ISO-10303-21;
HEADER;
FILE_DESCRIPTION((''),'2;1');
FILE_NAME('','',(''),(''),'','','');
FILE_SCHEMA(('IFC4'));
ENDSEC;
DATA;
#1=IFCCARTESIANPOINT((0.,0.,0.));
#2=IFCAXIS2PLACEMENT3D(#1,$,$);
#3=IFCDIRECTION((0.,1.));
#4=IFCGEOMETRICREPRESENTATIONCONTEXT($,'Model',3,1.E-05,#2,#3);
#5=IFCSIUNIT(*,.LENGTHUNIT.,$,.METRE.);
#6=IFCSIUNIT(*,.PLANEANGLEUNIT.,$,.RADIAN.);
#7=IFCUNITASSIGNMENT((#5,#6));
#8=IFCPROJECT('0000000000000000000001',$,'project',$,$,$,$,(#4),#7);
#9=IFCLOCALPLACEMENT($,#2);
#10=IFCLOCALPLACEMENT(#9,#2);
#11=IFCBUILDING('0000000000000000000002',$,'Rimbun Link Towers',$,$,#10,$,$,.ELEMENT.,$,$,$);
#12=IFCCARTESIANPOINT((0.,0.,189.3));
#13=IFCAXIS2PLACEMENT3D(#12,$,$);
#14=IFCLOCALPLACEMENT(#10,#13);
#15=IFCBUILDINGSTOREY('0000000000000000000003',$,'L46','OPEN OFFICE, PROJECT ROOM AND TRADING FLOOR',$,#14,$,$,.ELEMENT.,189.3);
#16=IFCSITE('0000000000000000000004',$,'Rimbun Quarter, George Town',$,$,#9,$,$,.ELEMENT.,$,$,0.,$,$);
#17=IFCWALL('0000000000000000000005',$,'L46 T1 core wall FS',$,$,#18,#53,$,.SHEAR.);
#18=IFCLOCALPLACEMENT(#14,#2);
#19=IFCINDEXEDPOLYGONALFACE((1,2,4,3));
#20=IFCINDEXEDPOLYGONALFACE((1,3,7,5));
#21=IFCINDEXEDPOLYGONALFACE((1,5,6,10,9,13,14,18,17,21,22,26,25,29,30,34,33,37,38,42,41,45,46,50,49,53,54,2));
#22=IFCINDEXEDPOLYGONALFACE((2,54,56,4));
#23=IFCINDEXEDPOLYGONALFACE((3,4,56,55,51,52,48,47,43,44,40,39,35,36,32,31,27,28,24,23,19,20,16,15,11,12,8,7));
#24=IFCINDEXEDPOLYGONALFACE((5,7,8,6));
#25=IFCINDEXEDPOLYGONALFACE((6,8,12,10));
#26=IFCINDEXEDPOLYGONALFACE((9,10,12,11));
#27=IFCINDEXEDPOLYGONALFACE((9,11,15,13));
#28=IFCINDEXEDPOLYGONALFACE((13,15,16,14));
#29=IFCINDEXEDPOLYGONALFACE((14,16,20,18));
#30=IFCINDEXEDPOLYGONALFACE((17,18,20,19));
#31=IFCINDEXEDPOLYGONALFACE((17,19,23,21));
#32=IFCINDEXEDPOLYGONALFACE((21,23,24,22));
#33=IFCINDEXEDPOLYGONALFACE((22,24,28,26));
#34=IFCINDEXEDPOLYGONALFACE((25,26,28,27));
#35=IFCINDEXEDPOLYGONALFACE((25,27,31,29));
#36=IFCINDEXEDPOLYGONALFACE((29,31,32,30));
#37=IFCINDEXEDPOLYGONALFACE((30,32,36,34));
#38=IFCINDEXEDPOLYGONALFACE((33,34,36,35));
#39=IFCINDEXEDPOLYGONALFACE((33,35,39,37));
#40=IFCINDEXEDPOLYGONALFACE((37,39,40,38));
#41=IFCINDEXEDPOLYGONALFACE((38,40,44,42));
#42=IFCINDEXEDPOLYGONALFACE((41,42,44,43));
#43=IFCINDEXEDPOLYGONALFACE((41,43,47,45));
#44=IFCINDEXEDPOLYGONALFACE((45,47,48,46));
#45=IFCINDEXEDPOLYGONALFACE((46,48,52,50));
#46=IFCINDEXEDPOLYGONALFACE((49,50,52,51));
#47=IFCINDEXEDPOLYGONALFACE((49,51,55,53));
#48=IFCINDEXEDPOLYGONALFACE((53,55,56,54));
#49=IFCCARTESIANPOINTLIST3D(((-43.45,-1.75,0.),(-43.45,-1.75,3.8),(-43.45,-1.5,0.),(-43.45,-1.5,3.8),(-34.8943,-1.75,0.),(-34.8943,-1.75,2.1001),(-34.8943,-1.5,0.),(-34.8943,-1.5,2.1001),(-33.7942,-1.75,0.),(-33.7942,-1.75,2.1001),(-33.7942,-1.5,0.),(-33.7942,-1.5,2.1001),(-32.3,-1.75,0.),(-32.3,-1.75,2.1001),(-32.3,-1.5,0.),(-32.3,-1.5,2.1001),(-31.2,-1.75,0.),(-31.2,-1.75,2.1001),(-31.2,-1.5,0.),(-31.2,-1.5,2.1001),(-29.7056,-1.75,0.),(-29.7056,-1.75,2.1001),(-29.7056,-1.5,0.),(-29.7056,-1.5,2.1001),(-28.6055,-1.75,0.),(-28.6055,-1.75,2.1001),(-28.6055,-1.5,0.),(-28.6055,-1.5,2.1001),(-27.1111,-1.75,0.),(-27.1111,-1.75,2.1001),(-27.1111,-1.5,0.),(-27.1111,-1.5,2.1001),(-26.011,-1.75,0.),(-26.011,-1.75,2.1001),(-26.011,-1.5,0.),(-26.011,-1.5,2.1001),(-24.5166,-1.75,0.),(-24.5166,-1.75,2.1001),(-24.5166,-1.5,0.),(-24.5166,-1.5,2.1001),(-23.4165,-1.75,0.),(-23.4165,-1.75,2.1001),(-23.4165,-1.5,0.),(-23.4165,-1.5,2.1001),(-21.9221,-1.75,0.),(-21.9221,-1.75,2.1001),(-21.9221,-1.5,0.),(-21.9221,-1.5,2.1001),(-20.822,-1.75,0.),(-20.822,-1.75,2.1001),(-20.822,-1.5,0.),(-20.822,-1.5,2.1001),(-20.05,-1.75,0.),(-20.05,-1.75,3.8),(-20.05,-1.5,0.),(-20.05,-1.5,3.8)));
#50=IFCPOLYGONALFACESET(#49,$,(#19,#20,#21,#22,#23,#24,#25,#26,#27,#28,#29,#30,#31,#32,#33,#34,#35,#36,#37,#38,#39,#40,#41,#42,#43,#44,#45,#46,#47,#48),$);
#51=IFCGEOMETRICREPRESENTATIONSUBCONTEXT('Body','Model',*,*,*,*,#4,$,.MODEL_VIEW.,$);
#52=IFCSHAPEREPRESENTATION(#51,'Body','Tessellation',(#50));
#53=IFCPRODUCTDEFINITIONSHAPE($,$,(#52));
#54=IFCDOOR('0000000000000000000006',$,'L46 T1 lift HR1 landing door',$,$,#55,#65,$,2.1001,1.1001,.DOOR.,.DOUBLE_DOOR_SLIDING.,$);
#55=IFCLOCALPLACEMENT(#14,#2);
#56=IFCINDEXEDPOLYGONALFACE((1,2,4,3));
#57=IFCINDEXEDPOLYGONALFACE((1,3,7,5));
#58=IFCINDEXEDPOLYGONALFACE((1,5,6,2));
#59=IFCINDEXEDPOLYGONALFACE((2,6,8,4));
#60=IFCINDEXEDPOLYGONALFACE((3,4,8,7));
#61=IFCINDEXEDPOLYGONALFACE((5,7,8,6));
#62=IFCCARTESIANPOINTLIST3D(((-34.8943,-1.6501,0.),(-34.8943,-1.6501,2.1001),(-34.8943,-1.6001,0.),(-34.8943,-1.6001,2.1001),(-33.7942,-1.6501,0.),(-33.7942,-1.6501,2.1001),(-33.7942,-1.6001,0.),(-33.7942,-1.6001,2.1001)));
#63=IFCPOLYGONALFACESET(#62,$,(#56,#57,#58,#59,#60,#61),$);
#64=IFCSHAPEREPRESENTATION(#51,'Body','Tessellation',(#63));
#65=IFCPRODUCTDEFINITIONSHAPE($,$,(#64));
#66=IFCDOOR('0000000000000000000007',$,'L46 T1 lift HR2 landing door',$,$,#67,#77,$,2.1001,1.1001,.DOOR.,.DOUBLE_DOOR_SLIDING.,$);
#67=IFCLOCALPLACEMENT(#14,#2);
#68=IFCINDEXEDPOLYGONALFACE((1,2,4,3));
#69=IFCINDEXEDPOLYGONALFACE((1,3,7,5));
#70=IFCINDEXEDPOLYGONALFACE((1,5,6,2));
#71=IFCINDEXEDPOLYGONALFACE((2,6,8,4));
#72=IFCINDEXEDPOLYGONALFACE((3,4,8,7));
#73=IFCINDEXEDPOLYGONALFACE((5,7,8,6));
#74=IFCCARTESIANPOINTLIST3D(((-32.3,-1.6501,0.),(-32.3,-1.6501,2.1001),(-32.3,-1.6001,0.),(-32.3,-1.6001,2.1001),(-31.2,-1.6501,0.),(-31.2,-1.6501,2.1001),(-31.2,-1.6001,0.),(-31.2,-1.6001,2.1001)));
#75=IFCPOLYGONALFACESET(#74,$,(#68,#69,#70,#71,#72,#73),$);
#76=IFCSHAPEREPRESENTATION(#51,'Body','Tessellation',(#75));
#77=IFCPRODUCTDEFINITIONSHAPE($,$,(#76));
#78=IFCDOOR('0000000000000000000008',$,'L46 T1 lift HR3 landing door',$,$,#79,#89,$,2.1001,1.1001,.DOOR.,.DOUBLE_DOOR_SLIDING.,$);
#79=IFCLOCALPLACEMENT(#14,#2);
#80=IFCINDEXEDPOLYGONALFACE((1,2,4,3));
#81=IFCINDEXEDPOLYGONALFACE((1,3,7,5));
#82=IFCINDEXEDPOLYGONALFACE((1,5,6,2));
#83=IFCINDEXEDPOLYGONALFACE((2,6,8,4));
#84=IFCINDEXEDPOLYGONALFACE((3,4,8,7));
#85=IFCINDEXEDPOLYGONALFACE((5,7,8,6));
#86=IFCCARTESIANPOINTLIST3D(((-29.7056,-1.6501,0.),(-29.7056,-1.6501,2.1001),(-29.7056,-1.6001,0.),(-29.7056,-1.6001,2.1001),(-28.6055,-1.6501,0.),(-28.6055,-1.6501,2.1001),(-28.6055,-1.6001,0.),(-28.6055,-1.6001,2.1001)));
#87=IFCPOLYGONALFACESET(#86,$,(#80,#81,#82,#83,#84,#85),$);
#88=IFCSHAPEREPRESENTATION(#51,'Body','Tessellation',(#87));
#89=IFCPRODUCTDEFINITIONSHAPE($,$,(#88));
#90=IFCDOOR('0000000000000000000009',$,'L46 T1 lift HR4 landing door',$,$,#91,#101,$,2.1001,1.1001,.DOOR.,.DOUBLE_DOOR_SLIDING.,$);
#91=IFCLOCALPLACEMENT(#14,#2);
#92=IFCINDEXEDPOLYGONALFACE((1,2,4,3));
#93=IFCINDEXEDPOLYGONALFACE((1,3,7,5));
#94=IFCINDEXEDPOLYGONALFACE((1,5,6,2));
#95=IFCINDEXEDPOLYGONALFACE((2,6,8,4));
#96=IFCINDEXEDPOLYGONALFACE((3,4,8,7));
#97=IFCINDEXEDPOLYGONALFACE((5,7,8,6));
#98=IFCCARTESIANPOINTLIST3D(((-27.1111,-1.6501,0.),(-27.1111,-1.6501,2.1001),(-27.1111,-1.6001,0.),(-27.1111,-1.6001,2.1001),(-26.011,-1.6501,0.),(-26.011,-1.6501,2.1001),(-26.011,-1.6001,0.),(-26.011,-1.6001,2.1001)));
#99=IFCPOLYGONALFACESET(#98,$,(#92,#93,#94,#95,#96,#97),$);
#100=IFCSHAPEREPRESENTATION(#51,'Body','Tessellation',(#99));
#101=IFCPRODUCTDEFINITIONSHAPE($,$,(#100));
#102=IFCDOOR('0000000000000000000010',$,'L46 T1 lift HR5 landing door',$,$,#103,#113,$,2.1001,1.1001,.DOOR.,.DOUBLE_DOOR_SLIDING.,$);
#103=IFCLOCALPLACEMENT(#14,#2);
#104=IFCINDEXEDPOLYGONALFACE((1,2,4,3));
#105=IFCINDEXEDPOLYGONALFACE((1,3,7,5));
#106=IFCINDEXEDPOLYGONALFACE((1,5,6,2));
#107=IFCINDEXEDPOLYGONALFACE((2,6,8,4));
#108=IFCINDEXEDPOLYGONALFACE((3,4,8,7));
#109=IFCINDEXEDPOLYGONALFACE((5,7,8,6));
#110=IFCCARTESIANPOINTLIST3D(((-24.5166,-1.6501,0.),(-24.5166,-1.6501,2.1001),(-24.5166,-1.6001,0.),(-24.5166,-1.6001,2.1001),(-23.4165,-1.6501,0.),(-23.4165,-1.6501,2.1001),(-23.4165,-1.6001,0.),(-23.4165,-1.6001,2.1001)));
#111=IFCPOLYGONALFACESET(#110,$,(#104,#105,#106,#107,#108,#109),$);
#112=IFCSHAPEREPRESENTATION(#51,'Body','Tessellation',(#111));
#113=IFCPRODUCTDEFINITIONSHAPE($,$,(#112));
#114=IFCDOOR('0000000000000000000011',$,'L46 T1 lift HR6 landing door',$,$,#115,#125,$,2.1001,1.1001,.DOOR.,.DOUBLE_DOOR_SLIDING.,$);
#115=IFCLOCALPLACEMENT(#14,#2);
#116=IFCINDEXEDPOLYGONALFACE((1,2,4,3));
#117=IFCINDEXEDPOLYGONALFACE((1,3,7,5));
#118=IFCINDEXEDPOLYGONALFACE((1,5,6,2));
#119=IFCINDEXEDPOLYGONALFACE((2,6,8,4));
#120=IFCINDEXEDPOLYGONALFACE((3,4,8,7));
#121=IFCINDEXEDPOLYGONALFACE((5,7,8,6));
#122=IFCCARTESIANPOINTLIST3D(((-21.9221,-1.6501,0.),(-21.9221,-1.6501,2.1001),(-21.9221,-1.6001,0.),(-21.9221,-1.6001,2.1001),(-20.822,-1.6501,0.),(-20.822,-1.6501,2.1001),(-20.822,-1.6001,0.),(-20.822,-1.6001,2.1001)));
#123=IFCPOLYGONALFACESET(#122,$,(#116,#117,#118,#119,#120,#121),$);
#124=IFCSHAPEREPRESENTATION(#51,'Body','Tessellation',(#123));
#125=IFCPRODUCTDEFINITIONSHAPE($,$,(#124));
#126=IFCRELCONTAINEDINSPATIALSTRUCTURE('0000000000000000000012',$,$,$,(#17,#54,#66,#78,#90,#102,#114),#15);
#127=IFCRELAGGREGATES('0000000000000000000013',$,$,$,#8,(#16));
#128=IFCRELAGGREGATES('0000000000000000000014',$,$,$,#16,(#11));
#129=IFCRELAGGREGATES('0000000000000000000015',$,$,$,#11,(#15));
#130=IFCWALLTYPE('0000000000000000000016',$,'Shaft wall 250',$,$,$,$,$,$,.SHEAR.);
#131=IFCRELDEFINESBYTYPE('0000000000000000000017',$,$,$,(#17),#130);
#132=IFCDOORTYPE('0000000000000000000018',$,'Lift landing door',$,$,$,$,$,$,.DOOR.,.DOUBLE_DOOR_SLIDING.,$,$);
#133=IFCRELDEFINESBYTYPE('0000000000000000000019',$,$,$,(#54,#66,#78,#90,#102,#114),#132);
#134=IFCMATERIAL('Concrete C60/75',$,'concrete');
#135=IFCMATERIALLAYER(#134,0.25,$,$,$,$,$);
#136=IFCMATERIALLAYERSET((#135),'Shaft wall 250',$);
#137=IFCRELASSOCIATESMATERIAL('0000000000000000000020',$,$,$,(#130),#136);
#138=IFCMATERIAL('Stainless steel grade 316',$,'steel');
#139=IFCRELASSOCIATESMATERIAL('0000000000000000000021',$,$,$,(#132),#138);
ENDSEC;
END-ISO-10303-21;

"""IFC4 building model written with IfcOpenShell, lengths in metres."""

from ifc_helpers import new_model, si_unit, direction, frame, frame_2d, origin, place, context, subcontext, project, spatial, rectangle, extrude, material, layer, layer_set, type_object, element, fill, save


model = new_model("IFC4")

# Units and contexts
model_context = context("Model", 3, precision=1e-05, world=origin(), true_north=direction((0.0, 1.0)))
body_context = subcontext(model_context, "Body", "Model", "MODEL_VIEW")
ifc_project = project(units=[si_unit("LENGTHUNIT", "METRE"), si_unit("PLANEANGLEUNIT", "RADIAN")], contexts=[model_context])

# Site, building, storey
site_placement = place(None, origin())
site = spatial("IfcSite", under=ifc_project, at=site_placement, Name="Rimbun Quarter, George Town", CompositionType="ELEMENT", RefElevation=0.0)
building_placement = place(site_placement, origin())
building = spatial("IfcBuilding", under=site, at=building_placement, Name="Rimbun Link Towers", CompositionType="ELEMENT")
storey_placement = place(building_placement, frame((0.0, 0.0, 189.3)))
storey = spatial("IfcBuildingStorey", under=building, at=storey_placement, Name="L46", Description="OPEN OFFICE, PROJECT ROOM AND TRADING FLOOR", CompositionType="ELEMENT", Elevation=189.3)

# Shared definitions
ifc_material_1 = material(Name="Concrete C60/75", Category="concrete")
ifc_layer_1 = layer(ifc_material_1, 0.25)
ifc_layer_set_1 = layer_set([ifc_layer_1], Name="Shaft wall 250")
wall_type_1 = type_object("IfcWallType", Name="Shaft wall 250", PredefinedType="SHEAR", material=ifc_layer_set_1)

# Wall, openings, doors
wall_1_placement = place(storey_placement, frame((-43.45, -1.625, 0.0), z_axis=(0.0, 0.0, 1.0), x_axis=(1.0, 0.0, 0.0)))
wall_1 = element("IfcWall", 1, at=wall_1_placement, inside=storey, type_object=wall_type_1, Name="L46 T1 core wall FS", PredefinedType="SHEAR", context=body_context, shape_type="SweptSolid", body=[
    extrude(rectangle(XDim=23.3999, YDim=0.25, at=frame_2d((11.7, 0.0))), origin(), (0.0, 0.0, 1.0), 3.8),
])
opening_1_placement = place(wall_1_placement, frame((8.5557, 0.0, 0.0)))
opening_1 = element("IfcOpeningElement", 2, at=opening_1_placement, cuts=wall_1, PredefinedType="OPENING", context=body_context, shape_type="SweptSolid", body=[
    extrude(rectangle(XDim=1.1001, YDim=2.1001, at=frame_2d((0.55, 1.05))), frame((0.0, 0.135, 0.0), z_axis=(0.0, -1.0, 0.0), x_axis=(1.0, 0.0, 0.0)), (0.0, 0.0, 1.0), 0.27),
])
opening_2_placement = place(wall_1_placement, frame((11.1499, 0.0, 0.0)))
opening_2 = element("IfcOpeningElement", 3, at=opening_2_placement, cuts=wall_1, PredefinedType="OPENING", context=body_context, shape_type="SweptSolid", body=[
    extrude(rectangle(XDim=1.1001, YDim=2.1001, at=frame_2d((0.55, 1.05))), frame((0.0, 0.135, 0.0), z_axis=(0.0, -1.0, 0.0), x_axis=(1.0, 0.0, 0.0)), (0.0, 0.0, 1.0), 0.27),
])
opening_3_placement = place(wall_1_placement, frame((13.7444, 0.0, 0.0)))
opening_3 = element("IfcOpeningElement", 4, at=opening_3_placement, cuts=wall_1, PredefinedType="OPENING", context=body_context, shape_type="SweptSolid", body=[
    extrude(rectangle(XDim=1.1001, YDim=2.1001, at=frame_2d((0.55, 1.05))), frame((0.0, 0.135, 0.0), z_axis=(0.0, -1.0, 0.0), x_axis=(1.0, 0.0, 0.0)), (0.0, 0.0, 1.0), 0.27),
])
opening_4_placement = place(wall_1_placement, frame((16.3389, 0.0, 0.0)))
opening_4 = element("IfcOpeningElement", 5, at=opening_4_placement, cuts=wall_1, PredefinedType="OPENING", context=body_context, shape_type="SweptSolid", body=[
    extrude(rectangle(XDim=1.1001, YDim=2.1001, at=frame_2d((0.55, 1.05))), frame((0.0, 0.135, 0.0), z_axis=(0.0, -1.0, 0.0), x_axis=(1.0, 0.0, 0.0)), (0.0, 0.0, 1.0), 0.27),
])
opening_5_placement = place(wall_1_placement, frame((18.9333, 0.0, 0.0)))
opening_5 = element("IfcOpeningElement", 6, at=opening_5_placement, cuts=wall_1, PredefinedType="OPENING", context=body_context, shape_type="SweptSolid", body=[
    extrude(rectangle(XDim=1.1001, YDim=2.1001, at=frame_2d((0.55, 1.05))), frame((0.0, 0.135, 0.0), z_axis=(0.0, -1.0, 0.0), x_axis=(1.0, 0.0, 0.0)), (0.0, 0.0, 1.0), 0.27),
])
opening_6_placement = place(wall_1_placement, frame((21.5278, 0.0, 0.0)))
opening_6 = element("IfcOpeningElement", 7, at=opening_6_placement, cuts=wall_1, PredefinedType="OPENING", context=body_context, shape_type="SweptSolid", body=[
    extrude(rectangle(XDim=1.1001, YDim=2.1001, at=frame_2d((0.55, 1.05))), frame((0.0, 0.135, 0.0), z_axis=(0.0, -1.0, 0.0), x_axis=(1.0, 0.0, 0.0)), (0.0, 0.0, 1.0), 0.27),
])
ifc_material_2 = material(Name="Stainless steel grade 316", Category="steel")
door_type = type_object("IfcDoorType", Name="Lift landing door", OperationType="DOUBLE_DOOR_SLIDING", PredefinedType="DOOR", material=ifc_material_2)
door_1_placement = place(opening_1_placement, origin())
door_1 = element("IfcDoor", 8, at=door_1_placement, inside=storey, type_object=door_type, Name="L46 T1 lift HR1 landing door", OperationType="DOUBLE_DOOR_SLIDING", OverallHeight=2.1001, OverallWidth=1.1001, PredefinedType="DOOR", context=body_context, shape_type="SweptSolid", body=[
    extrude(rectangle(XDim=1.1001, YDim=2.1001, at=frame_2d((0.55, 1.05))), frame((0.0, 0.0249, 0.0), z_axis=(0.0, -1.0, 0.0), x_axis=(1.0, 0.0, 0.0)), (0.0, 0.0, 1.0), 0.05),
])
fill(opening_1, door_1)
door_2_placement = place(opening_2_placement, origin())
door_2 = element("IfcDoor", 9, at=door_2_placement, inside=storey, type_object=door_type, Name="L46 T1 lift HR2 landing door", OperationType="DOUBLE_DOOR_SLIDING", OverallHeight=2.1001, OverallWidth=1.1001, PredefinedType="DOOR", context=body_context, shape_type="SweptSolid", body=[
    extrude(rectangle(XDim=1.1001, YDim=2.1001, at=frame_2d((0.55, 1.05))), frame((0.0, 0.0249, 0.0), z_axis=(0.0, -1.0, 0.0), x_axis=(1.0, 0.0, 0.0)), (0.0, 0.0, 1.0), 0.05),
])
fill(opening_2, door_2)
door_3_placement = place(opening_3_placement, origin())
door_3 = element("IfcDoor", 10, at=door_3_placement, inside=storey, type_object=door_type, Name="L46 T1 lift HR3 landing door", OperationType="DOUBLE_DOOR_SLIDING", OverallHeight=2.1001, OverallWidth=1.1001, PredefinedType="DOOR", context=body_context, shape_type="SweptSolid", body=[
    extrude(rectangle(XDim=1.1001, YDim=2.1001, at=frame_2d((0.55, 1.05))), frame((0.0, 0.0249, 0.0), z_axis=(0.0, -1.0, 0.0), x_axis=(1.0, 0.0, 0.0)), (0.0, 0.0, 1.0), 0.05),
])
fill(opening_3, door_3)
door_4_placement = place(opening_4_placement, origin())
door_4 = element("IfcDoor", 11, at=door_4_placement, inside=storey, type_object=door_type, Name="L46 T1 lift HR4 landing door", OperationType="DOUBLE_DOOR_SLIDING", OverallHeight=2.1001, OverallWidth=1.1001, PredefinedType="DOOR", context=body_context, shape_type="SweptSolid", body=[
    extrude(rectangle(XDim=1.1001, YDim=2.1001, at=frame_2d((0.55, 1.05))), frame((0.0, 0.0249, 0.0), z_axis=(0.0, -1.0, 0.0), x_axis=(1.0, 0.0, 0.0)), (0.0, 0.0, 1.0), 0.05),
])
fill(opening_4, door_4)
door_5_placement = place(opening_5_placement, origin())
door_5 = element("IfcDoor", 12, at=door_5_placement, inside=storey, type_object=door_type, Name="L46 T1 lift HR5 landing door", OperationType="DOUBLE_DOOR_SLIDING", OverallHeight=2.1001, OverallWidth=1.1001, PredefinedType="DOOR", context=body_context, shape_type="SweptSolid", body=[
    extrude(rectangle(XDim=1.1001, YDim=2.1001, at=frame_2d((0.55, 1.05))), frame((0.0, 0.0249, 0.0), z_axis=(0.0, -1.0, 0.0), x_axis=(1.0, 0.0, 0.0)), (0.0, 0.0, 1.0), 0.05),
])
fill(opening_5, door_5)
door_6_placement = place(opening_6_placement, origin())
door_6 = element("IfcDoor", 13, at=door_6_placement, inside=storey, type_object=door_type, Name="L46 T1 lift HR6 landing door", OperationType="DOUBLE_DOOR_SLIDING", OverallHeight=2.1001, OverallWidth=1.1001, PredefinedType="DOOR", context=body_context, shape_type="SweptSolid", body=[
    extrude(rectangle(XDim=1.1001, YDim=2.1001, at=frame_2d((0.55, 1.05))), frame((0.0, 0.0249, 0.0), z_axis=(0.0, -1.0, 0.0), x_axis=(1.0, 0.0, 0.0)), (0.0, 0.0, 1.0), 0.05),
])
fill(opening_6, door_6)

save(model, "model.ifc")
